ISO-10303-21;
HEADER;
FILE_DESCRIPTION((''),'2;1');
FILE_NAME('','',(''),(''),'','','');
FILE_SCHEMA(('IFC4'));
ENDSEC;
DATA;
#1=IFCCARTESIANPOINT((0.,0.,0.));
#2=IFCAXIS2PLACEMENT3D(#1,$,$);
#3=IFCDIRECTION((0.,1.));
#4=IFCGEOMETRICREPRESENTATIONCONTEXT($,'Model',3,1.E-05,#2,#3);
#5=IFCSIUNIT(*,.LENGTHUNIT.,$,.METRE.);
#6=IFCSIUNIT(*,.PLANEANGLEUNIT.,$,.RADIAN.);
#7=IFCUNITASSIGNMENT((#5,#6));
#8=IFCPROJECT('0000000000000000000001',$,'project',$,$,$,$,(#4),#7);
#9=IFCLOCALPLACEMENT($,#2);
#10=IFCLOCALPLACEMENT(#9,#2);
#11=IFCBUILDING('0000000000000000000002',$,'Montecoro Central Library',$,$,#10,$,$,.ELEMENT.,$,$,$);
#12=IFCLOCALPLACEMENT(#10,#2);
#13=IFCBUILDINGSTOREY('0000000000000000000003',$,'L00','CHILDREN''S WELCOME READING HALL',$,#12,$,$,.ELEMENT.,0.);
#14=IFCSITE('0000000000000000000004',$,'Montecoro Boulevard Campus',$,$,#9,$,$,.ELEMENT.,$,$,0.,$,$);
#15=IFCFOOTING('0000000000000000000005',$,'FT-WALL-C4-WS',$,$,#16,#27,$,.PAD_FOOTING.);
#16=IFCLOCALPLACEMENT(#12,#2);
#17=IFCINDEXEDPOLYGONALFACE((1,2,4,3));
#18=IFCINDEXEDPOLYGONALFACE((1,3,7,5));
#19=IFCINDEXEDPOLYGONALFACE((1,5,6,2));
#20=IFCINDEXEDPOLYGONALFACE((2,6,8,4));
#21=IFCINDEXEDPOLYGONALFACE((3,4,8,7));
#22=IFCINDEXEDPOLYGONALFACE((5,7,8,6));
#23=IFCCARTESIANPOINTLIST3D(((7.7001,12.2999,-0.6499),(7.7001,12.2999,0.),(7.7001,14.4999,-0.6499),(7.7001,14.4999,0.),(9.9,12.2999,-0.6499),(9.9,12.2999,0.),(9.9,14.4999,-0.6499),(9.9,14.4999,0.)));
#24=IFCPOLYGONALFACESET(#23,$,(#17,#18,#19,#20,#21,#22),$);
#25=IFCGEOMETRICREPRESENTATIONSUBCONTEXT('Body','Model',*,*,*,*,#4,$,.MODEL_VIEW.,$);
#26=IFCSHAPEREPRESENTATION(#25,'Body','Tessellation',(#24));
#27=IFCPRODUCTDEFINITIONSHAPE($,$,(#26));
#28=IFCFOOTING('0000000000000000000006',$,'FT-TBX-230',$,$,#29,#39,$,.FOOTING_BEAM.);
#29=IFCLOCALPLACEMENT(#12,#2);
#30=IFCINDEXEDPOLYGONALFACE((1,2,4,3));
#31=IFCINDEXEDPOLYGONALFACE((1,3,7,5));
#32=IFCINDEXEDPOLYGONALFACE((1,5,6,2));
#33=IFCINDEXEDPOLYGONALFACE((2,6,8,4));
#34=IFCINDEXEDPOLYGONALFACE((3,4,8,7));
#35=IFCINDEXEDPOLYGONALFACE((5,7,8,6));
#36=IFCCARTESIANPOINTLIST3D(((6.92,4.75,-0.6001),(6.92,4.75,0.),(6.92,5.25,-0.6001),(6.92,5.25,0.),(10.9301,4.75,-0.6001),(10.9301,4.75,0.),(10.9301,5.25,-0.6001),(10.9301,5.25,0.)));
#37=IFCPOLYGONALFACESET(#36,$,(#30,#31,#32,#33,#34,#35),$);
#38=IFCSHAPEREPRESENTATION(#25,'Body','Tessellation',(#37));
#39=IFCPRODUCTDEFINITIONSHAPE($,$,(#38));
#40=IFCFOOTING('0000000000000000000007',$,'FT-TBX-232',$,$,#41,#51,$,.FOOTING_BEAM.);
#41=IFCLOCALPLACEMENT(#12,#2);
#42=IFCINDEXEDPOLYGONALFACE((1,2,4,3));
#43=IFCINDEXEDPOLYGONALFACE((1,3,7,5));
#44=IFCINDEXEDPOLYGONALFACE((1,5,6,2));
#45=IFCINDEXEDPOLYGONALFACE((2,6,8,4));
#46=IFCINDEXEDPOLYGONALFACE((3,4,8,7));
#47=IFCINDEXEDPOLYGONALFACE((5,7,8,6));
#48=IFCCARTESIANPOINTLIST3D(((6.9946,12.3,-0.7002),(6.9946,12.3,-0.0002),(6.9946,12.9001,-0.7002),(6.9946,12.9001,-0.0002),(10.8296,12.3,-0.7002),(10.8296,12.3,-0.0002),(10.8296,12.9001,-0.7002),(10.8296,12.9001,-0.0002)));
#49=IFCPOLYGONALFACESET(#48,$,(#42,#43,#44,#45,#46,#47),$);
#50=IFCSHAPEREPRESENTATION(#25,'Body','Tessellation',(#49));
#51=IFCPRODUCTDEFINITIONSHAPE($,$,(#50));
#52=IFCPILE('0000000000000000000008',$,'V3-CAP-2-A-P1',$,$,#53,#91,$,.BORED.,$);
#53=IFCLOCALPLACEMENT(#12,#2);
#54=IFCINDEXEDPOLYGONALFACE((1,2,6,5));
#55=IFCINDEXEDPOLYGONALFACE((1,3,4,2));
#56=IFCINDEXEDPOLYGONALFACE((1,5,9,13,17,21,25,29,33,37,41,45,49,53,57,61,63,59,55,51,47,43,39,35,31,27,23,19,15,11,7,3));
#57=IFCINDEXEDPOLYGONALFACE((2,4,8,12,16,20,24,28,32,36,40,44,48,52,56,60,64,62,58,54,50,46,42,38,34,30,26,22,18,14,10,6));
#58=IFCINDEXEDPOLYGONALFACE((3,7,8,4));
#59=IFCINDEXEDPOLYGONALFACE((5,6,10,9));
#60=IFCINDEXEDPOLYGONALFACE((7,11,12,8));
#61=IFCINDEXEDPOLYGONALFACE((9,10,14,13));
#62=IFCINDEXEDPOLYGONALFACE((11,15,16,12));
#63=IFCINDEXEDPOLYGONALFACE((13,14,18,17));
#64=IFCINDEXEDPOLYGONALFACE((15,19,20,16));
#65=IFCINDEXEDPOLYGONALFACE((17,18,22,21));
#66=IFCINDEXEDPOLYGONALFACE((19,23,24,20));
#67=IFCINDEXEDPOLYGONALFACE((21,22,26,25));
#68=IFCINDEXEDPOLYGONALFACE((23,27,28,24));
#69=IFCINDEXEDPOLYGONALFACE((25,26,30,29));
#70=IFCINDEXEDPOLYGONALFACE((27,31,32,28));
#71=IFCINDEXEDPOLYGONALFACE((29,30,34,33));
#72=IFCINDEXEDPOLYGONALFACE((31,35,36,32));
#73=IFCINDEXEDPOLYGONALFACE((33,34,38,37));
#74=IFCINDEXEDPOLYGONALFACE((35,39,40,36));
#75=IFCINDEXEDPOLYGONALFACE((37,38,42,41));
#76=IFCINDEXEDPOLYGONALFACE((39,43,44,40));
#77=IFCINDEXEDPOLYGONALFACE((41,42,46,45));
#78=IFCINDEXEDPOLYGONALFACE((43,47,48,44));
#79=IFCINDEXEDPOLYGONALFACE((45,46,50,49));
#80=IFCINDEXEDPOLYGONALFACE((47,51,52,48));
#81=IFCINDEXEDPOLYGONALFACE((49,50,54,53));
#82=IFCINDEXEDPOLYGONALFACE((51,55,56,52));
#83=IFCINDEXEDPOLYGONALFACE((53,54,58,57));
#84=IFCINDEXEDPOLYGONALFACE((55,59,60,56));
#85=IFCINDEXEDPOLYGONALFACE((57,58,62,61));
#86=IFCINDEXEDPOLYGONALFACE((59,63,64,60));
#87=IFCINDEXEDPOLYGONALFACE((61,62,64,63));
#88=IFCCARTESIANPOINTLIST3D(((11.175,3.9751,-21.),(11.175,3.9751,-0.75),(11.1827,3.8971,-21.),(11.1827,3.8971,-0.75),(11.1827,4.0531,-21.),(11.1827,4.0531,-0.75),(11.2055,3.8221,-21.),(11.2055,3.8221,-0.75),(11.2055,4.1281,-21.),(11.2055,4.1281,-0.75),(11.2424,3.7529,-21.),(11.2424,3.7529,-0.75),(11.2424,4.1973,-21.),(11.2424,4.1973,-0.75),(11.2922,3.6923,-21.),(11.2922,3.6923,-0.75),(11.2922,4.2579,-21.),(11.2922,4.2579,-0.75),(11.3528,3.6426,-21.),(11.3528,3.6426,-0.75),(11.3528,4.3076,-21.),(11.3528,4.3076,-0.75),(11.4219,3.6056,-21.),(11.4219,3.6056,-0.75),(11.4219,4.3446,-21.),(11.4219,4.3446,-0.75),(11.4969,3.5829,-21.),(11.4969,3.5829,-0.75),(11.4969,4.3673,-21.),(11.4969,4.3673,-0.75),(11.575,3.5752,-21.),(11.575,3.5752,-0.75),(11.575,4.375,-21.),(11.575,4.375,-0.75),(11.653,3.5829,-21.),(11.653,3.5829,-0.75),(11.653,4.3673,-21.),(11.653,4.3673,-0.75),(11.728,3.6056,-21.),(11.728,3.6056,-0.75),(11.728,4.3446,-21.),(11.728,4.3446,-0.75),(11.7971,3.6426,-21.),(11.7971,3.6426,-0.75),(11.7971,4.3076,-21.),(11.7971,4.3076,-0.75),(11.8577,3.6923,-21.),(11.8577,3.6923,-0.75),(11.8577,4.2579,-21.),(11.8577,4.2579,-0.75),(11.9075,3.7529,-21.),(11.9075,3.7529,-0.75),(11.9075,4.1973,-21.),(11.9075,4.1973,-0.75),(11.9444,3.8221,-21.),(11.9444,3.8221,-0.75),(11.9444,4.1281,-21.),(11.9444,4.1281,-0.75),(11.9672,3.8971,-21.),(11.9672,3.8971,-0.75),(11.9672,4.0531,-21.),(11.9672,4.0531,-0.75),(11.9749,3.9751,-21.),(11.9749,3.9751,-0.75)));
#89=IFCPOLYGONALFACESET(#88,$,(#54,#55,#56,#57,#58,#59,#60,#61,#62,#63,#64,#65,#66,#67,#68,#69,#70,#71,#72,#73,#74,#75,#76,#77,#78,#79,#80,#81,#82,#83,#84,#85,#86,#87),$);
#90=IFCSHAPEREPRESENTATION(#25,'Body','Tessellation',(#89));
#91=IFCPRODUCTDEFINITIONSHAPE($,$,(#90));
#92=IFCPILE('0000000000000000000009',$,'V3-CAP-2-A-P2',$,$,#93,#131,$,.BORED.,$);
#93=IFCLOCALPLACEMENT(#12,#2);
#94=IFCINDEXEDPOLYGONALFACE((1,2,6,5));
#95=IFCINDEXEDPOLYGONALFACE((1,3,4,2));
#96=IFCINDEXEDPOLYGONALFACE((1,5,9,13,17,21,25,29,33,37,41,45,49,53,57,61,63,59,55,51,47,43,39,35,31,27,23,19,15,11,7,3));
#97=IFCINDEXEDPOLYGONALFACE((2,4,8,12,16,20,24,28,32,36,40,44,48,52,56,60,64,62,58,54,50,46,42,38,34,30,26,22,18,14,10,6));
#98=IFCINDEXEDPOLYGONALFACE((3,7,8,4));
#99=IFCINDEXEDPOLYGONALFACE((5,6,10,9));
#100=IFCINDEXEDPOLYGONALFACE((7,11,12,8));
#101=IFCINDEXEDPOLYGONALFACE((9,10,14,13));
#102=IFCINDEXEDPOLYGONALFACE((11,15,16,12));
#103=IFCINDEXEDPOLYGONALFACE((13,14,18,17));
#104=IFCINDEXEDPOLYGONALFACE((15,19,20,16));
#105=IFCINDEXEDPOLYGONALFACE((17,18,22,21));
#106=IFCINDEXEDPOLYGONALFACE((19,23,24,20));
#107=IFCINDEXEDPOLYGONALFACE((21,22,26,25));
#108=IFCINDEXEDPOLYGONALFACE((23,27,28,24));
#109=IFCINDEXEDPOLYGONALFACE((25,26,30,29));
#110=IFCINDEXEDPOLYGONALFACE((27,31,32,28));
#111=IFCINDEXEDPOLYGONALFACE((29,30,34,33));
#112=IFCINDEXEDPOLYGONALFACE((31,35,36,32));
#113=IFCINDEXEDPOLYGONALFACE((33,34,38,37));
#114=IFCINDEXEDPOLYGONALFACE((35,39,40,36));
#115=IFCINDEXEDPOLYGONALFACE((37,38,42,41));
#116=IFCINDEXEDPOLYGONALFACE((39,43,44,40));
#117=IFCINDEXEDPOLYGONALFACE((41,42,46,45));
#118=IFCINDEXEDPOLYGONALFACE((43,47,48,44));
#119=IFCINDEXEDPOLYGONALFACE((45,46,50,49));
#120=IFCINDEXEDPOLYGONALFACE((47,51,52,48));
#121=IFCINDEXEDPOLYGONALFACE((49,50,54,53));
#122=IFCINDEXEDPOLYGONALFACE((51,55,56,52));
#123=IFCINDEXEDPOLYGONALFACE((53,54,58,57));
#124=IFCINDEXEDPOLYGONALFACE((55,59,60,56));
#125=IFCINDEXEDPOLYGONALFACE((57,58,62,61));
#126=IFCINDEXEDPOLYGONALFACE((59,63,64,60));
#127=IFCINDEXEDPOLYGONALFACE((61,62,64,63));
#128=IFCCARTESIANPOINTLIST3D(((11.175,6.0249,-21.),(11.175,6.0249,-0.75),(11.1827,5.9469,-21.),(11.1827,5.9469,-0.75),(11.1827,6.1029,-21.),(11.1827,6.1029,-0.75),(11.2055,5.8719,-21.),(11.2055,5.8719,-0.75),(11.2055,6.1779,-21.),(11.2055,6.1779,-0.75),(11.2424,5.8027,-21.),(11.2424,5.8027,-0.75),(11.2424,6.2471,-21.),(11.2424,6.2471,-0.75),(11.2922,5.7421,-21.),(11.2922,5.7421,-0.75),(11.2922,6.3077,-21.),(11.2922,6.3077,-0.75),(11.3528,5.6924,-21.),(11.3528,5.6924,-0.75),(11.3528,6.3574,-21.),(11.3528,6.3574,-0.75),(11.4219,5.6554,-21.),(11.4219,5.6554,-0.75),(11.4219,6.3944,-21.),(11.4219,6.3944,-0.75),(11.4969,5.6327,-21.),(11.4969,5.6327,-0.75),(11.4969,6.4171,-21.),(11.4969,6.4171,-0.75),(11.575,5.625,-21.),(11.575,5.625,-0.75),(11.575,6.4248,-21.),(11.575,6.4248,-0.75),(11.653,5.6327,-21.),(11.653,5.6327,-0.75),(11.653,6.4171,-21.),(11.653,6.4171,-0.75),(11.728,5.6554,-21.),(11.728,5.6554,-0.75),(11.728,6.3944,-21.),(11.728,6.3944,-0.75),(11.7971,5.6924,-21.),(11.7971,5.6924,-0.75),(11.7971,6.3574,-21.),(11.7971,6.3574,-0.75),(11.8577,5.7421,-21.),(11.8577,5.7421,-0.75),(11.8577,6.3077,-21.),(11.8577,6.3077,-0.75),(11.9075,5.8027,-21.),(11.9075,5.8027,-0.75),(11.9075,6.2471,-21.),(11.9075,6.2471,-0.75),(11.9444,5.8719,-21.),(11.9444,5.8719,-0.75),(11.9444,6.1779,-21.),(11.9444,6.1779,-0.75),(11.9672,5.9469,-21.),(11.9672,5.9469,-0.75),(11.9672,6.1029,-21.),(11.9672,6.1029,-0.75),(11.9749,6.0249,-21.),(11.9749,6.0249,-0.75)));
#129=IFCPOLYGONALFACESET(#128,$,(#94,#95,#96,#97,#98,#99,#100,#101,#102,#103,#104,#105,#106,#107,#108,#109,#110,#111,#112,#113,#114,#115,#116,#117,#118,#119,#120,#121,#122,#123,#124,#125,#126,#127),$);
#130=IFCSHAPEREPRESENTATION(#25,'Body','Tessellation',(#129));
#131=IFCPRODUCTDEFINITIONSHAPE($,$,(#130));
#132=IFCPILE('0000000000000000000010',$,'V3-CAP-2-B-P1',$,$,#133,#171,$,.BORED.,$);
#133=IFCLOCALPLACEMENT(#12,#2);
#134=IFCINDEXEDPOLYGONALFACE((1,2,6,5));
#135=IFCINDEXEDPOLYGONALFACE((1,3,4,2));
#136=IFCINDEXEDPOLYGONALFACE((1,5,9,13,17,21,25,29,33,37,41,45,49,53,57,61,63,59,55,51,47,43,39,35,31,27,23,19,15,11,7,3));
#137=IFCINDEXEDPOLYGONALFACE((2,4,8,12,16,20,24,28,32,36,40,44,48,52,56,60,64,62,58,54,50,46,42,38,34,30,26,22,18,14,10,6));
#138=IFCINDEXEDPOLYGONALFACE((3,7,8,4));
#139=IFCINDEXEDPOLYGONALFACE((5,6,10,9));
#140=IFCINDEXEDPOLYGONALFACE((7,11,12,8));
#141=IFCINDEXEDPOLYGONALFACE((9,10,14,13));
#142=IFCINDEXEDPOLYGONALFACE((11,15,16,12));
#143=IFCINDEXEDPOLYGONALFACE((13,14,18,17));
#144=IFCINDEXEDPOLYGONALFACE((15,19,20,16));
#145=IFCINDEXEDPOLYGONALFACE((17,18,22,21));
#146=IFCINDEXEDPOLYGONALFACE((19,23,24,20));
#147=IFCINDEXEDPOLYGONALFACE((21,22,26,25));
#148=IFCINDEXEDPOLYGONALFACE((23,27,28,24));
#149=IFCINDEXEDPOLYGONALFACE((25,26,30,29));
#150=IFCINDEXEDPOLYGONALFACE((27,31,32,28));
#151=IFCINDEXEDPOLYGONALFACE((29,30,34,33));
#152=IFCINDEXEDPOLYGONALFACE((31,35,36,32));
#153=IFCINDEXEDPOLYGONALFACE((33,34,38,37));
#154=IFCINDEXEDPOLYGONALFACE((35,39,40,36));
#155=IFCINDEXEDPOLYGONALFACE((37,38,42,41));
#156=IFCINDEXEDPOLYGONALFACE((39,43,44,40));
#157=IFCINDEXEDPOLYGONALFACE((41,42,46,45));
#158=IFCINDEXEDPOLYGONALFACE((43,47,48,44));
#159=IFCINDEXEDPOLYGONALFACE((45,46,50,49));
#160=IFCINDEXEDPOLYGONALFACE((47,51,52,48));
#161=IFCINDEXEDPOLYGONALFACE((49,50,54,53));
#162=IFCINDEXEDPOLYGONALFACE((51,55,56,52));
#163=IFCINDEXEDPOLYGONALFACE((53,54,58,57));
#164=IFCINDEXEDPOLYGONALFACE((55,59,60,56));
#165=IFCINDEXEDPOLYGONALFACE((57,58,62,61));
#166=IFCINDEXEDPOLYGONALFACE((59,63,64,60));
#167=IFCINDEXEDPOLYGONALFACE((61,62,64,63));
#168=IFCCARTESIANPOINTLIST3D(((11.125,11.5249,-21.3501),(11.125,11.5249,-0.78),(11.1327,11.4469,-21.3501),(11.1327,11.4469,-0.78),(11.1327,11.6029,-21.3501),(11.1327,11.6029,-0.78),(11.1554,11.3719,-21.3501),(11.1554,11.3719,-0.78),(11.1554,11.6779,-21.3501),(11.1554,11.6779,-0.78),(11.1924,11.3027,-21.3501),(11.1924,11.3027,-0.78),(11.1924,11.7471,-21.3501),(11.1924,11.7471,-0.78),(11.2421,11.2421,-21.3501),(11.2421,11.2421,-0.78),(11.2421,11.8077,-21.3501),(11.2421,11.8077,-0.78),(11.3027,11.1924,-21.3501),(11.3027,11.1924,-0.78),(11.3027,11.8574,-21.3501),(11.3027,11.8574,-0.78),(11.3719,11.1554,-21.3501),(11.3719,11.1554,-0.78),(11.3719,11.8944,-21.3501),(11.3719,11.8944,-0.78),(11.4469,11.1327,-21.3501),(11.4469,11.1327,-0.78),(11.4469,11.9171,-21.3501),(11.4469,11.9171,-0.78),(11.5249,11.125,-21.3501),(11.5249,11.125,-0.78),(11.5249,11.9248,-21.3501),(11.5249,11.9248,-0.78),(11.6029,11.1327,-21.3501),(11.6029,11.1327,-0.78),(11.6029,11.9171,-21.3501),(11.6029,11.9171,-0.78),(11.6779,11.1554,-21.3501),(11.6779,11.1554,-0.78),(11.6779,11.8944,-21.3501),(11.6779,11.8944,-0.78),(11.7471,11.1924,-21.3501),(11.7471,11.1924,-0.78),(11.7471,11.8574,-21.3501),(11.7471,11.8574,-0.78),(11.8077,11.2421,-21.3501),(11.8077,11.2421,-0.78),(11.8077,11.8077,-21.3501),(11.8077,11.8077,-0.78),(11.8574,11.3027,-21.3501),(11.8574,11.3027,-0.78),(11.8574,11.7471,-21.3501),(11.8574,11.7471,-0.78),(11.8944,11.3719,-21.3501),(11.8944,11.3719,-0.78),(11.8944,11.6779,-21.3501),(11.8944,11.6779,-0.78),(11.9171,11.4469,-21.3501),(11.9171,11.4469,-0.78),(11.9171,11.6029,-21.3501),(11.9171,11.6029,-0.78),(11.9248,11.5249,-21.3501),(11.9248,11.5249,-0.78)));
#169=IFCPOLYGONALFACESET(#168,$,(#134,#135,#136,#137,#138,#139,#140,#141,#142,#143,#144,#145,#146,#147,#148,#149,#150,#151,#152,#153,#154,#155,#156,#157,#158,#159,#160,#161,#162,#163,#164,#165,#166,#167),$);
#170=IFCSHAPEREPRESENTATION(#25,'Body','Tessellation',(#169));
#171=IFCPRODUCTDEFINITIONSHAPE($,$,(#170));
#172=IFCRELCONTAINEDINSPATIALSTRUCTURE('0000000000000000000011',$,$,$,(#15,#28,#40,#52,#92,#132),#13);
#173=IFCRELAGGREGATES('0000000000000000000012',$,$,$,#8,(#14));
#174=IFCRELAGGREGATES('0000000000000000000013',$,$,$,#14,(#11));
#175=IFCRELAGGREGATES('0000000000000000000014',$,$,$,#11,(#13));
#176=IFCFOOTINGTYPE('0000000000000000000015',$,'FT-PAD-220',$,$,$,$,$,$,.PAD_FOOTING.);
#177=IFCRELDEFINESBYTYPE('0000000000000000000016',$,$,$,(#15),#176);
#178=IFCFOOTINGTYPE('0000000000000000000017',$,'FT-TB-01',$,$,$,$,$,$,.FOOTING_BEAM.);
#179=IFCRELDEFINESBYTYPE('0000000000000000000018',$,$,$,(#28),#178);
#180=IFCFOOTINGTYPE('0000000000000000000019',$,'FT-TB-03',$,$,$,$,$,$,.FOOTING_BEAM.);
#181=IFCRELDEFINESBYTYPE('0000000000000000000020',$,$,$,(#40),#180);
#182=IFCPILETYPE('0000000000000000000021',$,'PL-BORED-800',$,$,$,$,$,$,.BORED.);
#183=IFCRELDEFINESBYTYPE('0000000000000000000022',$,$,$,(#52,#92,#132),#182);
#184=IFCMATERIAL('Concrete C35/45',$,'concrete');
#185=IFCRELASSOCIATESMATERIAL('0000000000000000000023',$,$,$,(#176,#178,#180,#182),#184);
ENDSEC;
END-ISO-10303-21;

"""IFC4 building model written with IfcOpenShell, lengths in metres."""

from ifc_helpers import new_model, si_unit, direction, frame, origin, origin_2d, place, context, subcontext, project, spatial, rectangle, circle, extrude, material, material_profile, profile_set, type_object, element, save


model = new_model("IFC4")

# Units and contexts
model_context = context("Model", 3, precision=1e-05, world=origin(), true_north=direction((0.0, 1.0)))
body_context = subcontext(model_context, "Body", "Model", "MODEL_VIEW")
ifc_project = project(units=[si_unit("LENGTHUNIT", "METRE"), si_unit("PLANEANGLEUNIT", "RADIAN")], contexts=[model_context])

# Site, building, storey
site_placement = place(None, origin())
site = spatial("IfcSite", under=ifc_project, at=site_placement, Name="Montecoro Boulevard Campus", CompositionType="ELEMENT", RefElevation=0.0)
building_placement = place(site_placement, origin())
building = spatial("IfcBuilding", under=site, at=building_placement, Name="Montecoro Central Library", CompositionType="ELEMENT")
storey_placement = place(building_placement, origin())
storey = spatial("IfcBuildingStorey", under=building, at=storey_placement, Name="L00", Description="CHILDREN'S WELCOME READING HALL", CompositionType="ELEMENT", Elevation=0.0)

# Footings
ifc_material_1 = material(Name="Concrete C35/45", Category="concrete")
footing_type_1 = type_object("IfcFootingType", Name="FT-PAD-220", PredefinedType="PAD_FOOTING", material=ifc_material_1)
footing_1_placement = place(storey_placement, frame((8.8, 13.3999, -0.6499), z_axis=(0.0, 0.0, 1.0), x_axis=(1.0, 0.0, 0.0)))
element("IfcFooting", 1, at=footing_1_placement, inside=storey, type_object=footing_type_1, Name="FT-WALL-C4-WS", PredefinedType="PAD_FOOTING", context=body_context, shape_type="SweptSolid", body=[
    extrude(rectangle(XDim=2.2, YDim=2.2, at=origin_2d()), origin(), (0.0, 0.0, 1.0), 0.6499),
])
footing_type_2 = type_object("IfcFootingType", Name="FT-TB-01", PredefinedType="FOOTING_BEAM", material=ifc_material_1)
footing_2_placement = place(storey_placement, frame((8.925, 5.0, -0.6001), z_axis=(0.0, 0.0, 1.0), x_axis=(1.0, 0.0, 0.0)))
element("IfcFooting", 2, at=footing_2_placement, inside=storey, type_object=footing_type_2, Name="FT-TBX-230", PredefinedType="FOOTING_BEAM", context=body_context, shape_type="SweptSolid", body=[
    extrude(rectangle(XDim=4.01, YDim=0.5, at=origin_2d()), origin(), (0.0, 0.0, 1.0), 0.6001),
])
footing_type_3 = type_object("IfcFootingType", Name="FT-TB-03", PredefinedType="FOOTING_BEAM", material=ifc_material_1)
footing_3_placement = place(storey_placement, frame((8.9121, 12.6001, -0.7002), z_axis=(0.0, 0.0, 1.0), x_axis=(1.0, 0.0, 0.0)))
element("IfcFooting", 3, at=footing_3_placement, inside=storey, type_object=footing_type_3, Name="FT-TBX-232", PredefinedType="FOOTING_BEAM", context=body_context, shape_type="SweptSolid", body=[
    extrude(rectangle(XDim=3.835, YDim=0.6001, at=origin_2d()), origin(), (0.0, 0.0, 1.0), 0.7),
])

# Piles
ifc_material_profile_1 = material_profile(ifc_material_1, circle(Radius=0.3999, at=origin_2d()), Name="PILE D800")
ifc_profile_set_1 = profile_set([ifc_material_profile_1], Name="Concrete C35/45")
pile_type_1 = type_object("IfcPileType", Name="PL-BORED-800", PredefinedType="BORED", material=ifc_profile_set_1)
for number, where, z_axis, x_axis, name in (
    (4, (11.575, 3.9751, -0.75), (0.0, 0.0, -1.0), (1.0, 0.0, 0.0), "V3-CAP-2-A-P1"),
    (5, (11.575, 6.0249, -0.75), (0.0, 0.0, -1.0), (1.0, 0.0, 0.0), "V3-CAP-2-A-P2"),
):
    element("IfcPile", number, at=place(storey_placement, frame(where, z_axis=z_axis, x_axis=x_axis)), inside=storey, type_object=pile_type_1, Name=name, PredefinedType="BORED", context=body_context, shape_type="SweptSolid", body=[
        extrude(circle(Radius=0.3999, at=origin_2d()), origin(), (0.0, 0.0, 1.0), 20.25),
    ])
for number, where, z_axis, x_axis, name in (
    (6, (11.5249, 11.5249, -0.78), (0.0, 0.0, -1.0), (1.0, 0.0, 0.0), "V3-CAP-2-B-P1"),
):
    element("IfcPile", number, at=place(storey_placement, frame(where, z_axis=z_axis, x_axis=x_axis)), inside=storey, type_object=pile_type_1, Name=name, PredefinedType="BORED", context=body_context, shape_type="SweptSolid", body=[
        extrude(circle(Radius=0.3999, at=origin_2d()), origin(), (0.0, 0.0, 1.0), 20.5701),
    ])

save(model, "model.ifc")
